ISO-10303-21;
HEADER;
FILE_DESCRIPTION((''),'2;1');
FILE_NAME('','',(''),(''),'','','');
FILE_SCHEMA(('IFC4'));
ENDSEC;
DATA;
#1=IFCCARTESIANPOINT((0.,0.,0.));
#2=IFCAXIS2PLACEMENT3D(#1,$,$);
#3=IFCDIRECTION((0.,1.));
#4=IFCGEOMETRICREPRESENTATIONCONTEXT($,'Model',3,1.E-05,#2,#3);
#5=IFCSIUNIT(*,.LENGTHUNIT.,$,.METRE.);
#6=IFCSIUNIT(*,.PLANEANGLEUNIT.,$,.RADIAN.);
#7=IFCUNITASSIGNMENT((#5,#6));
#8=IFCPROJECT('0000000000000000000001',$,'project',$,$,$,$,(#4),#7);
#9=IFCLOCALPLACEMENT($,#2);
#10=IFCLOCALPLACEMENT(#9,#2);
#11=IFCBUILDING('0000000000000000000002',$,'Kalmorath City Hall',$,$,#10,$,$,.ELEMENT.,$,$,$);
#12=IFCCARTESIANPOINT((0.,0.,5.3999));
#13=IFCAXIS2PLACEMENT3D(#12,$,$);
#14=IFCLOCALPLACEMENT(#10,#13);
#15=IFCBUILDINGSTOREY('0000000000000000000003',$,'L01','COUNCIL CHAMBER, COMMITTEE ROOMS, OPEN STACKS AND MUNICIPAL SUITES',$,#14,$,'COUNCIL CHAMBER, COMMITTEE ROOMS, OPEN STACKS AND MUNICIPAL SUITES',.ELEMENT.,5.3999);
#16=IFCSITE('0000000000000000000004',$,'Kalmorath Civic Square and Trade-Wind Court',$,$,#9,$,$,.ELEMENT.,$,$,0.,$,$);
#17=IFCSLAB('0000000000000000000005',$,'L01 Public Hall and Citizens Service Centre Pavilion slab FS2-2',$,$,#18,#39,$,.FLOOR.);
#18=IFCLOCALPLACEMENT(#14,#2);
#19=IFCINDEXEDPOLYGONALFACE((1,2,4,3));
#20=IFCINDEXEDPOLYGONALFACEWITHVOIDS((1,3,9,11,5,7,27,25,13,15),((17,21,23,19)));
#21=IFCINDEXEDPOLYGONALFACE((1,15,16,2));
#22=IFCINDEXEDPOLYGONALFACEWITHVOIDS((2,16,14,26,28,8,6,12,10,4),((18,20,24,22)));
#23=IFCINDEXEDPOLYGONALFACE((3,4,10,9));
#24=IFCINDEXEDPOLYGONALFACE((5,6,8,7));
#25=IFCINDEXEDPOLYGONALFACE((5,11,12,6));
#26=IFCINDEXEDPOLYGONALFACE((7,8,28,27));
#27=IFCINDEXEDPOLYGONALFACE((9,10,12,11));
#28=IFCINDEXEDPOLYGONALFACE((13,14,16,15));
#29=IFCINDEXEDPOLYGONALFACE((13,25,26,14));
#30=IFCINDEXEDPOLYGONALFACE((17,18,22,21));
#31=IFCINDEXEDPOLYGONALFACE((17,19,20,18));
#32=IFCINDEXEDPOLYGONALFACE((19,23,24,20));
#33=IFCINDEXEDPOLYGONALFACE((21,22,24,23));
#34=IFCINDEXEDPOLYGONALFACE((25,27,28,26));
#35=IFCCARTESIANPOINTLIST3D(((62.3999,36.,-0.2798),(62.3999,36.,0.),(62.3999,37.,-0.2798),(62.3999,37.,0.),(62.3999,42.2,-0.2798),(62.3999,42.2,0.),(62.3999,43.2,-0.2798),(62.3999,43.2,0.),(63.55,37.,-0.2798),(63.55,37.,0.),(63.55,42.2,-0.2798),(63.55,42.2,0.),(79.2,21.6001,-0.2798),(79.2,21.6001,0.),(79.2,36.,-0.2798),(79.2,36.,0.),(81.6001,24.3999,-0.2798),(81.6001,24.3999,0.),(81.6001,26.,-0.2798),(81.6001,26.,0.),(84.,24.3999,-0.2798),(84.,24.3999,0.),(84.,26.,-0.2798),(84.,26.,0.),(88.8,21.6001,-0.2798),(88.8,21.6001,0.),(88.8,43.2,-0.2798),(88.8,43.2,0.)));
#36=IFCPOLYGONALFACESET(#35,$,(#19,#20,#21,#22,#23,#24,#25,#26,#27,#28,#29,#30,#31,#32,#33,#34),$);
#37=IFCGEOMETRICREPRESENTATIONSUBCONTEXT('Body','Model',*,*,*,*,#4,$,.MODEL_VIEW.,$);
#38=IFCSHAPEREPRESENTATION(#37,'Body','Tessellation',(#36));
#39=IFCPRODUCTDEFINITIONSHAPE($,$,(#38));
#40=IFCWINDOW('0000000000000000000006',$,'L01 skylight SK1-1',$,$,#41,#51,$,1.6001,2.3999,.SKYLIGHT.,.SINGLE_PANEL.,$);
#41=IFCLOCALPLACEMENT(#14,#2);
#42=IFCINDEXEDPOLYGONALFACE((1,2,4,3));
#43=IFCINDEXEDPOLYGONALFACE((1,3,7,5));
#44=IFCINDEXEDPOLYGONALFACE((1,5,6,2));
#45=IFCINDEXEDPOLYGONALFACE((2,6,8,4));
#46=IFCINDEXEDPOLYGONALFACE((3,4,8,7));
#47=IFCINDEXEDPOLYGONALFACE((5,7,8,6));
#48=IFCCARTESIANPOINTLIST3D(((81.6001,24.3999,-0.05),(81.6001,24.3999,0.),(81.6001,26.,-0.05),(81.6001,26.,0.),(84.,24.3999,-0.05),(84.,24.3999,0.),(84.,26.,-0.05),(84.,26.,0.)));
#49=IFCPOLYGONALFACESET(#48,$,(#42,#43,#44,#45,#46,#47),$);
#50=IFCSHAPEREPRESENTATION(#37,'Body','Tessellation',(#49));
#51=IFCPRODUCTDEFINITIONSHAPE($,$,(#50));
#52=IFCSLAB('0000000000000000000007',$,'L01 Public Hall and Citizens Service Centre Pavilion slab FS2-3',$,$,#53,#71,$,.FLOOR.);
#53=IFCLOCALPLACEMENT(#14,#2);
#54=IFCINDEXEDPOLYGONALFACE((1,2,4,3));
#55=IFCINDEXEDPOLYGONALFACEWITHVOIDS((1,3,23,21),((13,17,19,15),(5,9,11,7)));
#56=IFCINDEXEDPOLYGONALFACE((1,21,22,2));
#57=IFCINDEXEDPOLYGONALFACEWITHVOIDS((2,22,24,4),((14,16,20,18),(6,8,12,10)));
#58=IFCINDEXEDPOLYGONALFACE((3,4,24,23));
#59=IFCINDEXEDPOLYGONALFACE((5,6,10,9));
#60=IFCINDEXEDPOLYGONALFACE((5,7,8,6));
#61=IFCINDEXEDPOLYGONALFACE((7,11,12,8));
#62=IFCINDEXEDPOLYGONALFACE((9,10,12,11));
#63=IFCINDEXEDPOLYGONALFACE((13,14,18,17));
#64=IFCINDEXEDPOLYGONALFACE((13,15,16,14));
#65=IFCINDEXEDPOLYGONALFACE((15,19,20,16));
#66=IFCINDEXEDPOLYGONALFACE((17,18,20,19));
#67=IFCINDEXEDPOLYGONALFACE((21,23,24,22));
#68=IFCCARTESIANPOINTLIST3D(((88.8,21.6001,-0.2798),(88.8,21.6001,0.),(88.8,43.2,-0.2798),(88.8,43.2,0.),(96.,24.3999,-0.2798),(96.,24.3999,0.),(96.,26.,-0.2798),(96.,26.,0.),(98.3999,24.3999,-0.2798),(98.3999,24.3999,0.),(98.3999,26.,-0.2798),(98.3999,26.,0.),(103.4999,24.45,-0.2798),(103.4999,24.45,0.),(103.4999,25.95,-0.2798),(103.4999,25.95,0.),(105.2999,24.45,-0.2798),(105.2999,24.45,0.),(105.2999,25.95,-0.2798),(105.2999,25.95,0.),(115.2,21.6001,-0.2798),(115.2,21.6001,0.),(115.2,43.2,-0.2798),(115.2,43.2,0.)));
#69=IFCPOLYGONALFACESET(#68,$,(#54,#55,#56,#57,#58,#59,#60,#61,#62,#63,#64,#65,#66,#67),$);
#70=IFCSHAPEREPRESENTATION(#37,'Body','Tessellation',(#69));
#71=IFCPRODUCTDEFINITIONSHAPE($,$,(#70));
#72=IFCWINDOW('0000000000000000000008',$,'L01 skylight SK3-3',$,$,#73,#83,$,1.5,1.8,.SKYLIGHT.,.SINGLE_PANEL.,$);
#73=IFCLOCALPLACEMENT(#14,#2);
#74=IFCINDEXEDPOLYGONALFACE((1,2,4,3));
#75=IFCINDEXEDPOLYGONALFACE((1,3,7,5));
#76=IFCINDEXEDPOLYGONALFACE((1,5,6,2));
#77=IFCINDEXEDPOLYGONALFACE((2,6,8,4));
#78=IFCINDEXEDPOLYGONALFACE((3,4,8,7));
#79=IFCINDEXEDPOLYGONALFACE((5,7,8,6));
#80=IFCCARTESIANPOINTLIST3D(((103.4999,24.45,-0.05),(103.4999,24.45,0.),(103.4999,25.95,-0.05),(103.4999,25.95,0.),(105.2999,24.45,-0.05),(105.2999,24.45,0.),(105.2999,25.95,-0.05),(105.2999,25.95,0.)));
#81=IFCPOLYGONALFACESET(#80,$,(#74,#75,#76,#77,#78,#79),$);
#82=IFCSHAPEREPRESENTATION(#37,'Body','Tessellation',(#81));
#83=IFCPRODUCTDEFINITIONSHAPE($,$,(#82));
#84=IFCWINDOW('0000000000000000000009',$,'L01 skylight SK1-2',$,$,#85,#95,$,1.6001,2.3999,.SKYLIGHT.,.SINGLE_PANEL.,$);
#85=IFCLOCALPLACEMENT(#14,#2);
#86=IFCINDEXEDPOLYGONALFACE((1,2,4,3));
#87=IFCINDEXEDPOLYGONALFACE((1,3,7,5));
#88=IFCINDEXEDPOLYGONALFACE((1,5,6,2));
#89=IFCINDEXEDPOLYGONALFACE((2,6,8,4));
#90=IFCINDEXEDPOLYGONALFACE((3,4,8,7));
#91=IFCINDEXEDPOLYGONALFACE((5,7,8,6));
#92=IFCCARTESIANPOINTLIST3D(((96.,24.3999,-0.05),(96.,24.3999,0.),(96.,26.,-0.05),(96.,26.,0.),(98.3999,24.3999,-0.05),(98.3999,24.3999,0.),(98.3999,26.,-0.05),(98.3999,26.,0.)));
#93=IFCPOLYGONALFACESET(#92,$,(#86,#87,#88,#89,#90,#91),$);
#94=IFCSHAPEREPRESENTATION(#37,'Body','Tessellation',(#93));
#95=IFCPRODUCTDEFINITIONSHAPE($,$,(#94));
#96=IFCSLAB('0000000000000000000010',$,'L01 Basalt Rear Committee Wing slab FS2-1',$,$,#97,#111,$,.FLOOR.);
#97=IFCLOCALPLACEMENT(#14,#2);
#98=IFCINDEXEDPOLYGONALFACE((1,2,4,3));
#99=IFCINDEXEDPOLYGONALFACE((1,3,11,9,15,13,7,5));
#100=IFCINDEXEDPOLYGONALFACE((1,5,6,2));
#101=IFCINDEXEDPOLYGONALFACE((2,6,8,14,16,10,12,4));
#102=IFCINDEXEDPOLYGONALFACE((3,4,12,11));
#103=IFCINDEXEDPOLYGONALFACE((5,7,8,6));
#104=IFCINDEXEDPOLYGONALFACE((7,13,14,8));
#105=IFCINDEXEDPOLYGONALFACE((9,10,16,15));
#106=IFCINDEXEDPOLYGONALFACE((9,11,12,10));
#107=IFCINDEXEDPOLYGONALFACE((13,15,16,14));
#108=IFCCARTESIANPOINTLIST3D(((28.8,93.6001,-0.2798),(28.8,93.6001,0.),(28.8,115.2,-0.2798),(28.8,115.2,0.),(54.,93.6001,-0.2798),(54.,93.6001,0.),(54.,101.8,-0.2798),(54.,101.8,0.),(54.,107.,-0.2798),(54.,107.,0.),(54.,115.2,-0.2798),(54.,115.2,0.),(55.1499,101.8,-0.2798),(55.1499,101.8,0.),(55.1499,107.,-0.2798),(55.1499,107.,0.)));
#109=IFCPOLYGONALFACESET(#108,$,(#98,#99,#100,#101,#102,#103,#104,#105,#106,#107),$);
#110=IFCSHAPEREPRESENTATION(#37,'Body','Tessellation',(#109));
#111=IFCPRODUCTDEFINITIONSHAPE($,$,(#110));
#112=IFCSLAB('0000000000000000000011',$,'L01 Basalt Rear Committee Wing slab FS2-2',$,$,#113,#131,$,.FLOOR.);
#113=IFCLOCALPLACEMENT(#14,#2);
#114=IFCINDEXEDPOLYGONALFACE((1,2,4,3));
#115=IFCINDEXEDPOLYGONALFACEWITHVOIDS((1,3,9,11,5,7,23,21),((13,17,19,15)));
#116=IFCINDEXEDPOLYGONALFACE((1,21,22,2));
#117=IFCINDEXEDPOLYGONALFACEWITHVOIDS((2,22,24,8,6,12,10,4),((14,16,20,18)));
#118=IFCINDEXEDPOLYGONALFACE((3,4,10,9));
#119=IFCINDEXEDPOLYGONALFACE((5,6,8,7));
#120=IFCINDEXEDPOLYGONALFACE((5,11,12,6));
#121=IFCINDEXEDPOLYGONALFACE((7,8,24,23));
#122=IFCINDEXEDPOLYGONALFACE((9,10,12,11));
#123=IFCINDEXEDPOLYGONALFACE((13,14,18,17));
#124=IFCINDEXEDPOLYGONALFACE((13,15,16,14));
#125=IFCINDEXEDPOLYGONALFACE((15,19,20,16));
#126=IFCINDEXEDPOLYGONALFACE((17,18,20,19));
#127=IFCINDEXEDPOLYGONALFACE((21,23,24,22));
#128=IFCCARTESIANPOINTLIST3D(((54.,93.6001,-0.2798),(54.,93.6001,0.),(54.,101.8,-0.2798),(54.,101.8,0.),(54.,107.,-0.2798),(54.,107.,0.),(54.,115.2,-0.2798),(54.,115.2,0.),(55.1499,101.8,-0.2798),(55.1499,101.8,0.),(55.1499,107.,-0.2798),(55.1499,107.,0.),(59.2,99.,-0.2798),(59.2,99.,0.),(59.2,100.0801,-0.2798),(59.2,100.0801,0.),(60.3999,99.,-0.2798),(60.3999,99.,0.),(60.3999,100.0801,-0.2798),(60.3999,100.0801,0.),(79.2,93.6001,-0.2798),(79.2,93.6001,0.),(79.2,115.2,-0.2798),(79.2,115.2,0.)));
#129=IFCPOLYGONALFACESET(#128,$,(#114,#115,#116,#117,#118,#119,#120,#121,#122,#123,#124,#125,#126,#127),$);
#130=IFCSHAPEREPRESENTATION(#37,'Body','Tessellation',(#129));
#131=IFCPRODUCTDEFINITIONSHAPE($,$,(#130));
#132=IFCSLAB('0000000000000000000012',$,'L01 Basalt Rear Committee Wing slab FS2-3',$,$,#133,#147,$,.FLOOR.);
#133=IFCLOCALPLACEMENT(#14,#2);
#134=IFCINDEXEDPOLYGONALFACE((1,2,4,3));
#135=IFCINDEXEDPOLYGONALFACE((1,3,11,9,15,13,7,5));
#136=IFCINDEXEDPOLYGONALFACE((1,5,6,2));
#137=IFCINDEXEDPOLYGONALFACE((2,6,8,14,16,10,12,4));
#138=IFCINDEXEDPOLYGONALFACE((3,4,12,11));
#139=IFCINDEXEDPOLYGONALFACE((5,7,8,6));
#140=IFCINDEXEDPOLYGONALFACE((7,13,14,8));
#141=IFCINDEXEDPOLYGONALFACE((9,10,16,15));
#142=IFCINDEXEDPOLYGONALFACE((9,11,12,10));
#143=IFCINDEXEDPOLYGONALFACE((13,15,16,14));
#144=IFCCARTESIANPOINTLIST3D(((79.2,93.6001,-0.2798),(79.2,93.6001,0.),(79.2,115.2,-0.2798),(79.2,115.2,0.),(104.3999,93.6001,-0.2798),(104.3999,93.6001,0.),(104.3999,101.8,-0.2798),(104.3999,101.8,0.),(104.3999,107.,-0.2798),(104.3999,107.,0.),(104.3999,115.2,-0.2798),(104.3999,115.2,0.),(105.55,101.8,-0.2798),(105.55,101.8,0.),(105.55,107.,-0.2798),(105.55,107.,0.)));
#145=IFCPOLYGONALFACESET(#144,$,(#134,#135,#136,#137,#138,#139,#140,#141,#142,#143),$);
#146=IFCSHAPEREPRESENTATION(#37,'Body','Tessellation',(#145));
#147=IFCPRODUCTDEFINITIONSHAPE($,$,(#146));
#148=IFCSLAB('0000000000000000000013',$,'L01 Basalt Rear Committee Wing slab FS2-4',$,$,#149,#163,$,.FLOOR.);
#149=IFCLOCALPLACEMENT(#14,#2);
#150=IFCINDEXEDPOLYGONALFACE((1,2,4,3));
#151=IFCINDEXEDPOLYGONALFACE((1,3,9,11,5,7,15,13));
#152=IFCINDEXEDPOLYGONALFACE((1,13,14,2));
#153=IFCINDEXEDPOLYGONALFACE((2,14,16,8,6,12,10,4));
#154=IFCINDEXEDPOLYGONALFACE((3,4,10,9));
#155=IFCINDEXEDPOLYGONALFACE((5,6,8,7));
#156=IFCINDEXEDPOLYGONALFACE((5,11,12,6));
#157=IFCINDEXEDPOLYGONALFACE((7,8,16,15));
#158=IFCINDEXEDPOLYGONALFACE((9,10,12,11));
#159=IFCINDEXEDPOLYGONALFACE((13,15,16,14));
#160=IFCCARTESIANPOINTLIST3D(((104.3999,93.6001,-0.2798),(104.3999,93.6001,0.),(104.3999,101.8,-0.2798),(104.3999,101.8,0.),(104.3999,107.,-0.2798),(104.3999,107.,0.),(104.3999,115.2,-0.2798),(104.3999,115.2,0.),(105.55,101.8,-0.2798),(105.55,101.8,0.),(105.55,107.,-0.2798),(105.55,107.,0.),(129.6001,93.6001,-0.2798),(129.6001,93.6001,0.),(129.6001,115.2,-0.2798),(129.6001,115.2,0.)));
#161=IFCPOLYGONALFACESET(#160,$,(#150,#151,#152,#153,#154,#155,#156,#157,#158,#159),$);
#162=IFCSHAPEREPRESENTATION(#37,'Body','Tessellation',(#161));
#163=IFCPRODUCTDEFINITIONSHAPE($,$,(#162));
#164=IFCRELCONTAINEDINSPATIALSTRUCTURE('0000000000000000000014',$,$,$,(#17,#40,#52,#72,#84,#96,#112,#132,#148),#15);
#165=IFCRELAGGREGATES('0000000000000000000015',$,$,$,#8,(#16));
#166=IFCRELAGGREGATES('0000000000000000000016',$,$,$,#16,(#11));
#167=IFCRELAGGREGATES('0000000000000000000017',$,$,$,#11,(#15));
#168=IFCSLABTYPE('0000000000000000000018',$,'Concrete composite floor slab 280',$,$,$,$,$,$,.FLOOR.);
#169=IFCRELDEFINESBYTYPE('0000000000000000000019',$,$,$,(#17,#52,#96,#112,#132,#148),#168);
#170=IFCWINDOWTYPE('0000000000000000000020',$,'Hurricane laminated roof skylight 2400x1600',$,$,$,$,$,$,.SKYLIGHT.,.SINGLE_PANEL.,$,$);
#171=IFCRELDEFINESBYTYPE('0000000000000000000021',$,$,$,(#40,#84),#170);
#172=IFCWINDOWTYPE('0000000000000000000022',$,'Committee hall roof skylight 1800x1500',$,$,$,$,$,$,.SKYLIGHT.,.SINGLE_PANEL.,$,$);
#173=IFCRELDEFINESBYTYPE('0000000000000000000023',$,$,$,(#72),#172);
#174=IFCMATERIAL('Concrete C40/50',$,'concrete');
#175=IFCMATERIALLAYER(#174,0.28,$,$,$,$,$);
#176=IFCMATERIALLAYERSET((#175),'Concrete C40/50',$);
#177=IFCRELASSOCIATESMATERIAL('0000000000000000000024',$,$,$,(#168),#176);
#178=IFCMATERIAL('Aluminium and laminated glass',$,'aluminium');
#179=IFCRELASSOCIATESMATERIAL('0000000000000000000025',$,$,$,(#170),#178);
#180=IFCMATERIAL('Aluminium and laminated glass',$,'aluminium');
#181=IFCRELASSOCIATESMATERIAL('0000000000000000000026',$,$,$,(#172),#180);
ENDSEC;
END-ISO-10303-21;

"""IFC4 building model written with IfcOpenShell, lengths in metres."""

from ifc_helpers import new_model, si_unit, direction, frame, origin, origin_2d, place, context, subcontext, project, spatial, polyline, rectangle, outline, extrude, material, layer, layer_set, type_object, element, fill, save


model = new_model("IFC4")

# Units and contexts
model_context = context("Model", 3, precision=1e-05, world=origin(), true_north=direction((0.0, 1.0)))
body_context = subcontext(model_context, "Body", "Model", "MODEL_VIEW")
ifc_project = project(units=[si_unit("LENGTHUNIT", "METRE"), si_unit("PLANEANGLEUNIT", "RADIAN")], contexts=[model_context])

# Site, building, storey
site_placement = place(None, origin())
site = spatial("IfcSite", under=ifc_project, at=site_placement, Name="Kalmorath Civic Square and Trade-Wind Court", CompositionType="ELEMENT", RefElevation=0.0)
building_placement = place(site_placement, origin())
building = spatial("IfcBuilding", under=site, at=building_placement, Name="Kalmorath City Hall", CompositionType="ELEMENT")
storey_placement = place(building_placement, frame((0.0, 0.0, 5.3999)))
storey = spatial("IfcBuildingStorey", under=building, at=storey_placement, Name="L01", Description="COUNCIL CHAMBER, COMMITTEE ROOMS, OPEN STACKS AND MUNICIPAL SUITES", LongName="COUNCIL CHAMBER, COMMITTEE ROOMS, OPEN STACKS AND MUNICIPAL SUITES", CompositionType="ELEMENT", Elevation=5.3999)

# Shared definitions
ifc_material_1 = material(Name="Concrete C40/50", Category="concrete")
ifc_layer_1 = layer(ifc_material_1, 0.28)
ifc_layer_set_1 = layer_set([ifc_layer_1], Name="Concrete C40/50")
slab_type_1 = type_object("IfcSlabType", Name="Concrete composite floor slab 280", PredefinedType="FLOOR", material=ifc_layer_set_1)

# Slab, opening, window
slab_1_placement = place(storey_placement, frame((0.0, 0.0, -0.2798)))
slab_1 = element("IfcSlab", 1, at=slab_1_placement, inside=storey, type_object=slab_type_1, Name="L01 Public Hall and Citizens Service Centre Pavilion slab FS2-2", PredefinedType="FLOOR", context=body_context, shape_type="SweptSolid", body=[
    extrude(outline(polyline([(88.8, 21.6001), (79.2, 21.6001), (79.2, 36.0), (62.3999, 36.0), (62.3999, 37.0), (63.55, 37.0), (63.55, 42.2), (62.3999, 42.2), (62.3999, 43.2), (88.8, 43.2), (88.8, 21.6001)])), origin(), (0.0, 0.0, 1.0), 0.2798),
])
opening_1_placement = place(slab_1_placement, frame((82.8, 25.2, 0.0)))
opening_1 = element("IfcOpeningElement", 2, at=opening_1_placement, cuts=slab_1, PredefinedType="OPENING", context=body_context, shape_type="SweptSolid", body=[
    extrude(rectangle(XDim=2.3999, YDim=1.6001, at=origin_2d()), origin(), (0.0, 0.0, 1.0), 0.2798),
])
ifc_material_2 = material(Name="Aluminium and laminated glass", Category="aluminium")
window_type_1 = type_object("IfcWindowType", Name="Hurricane laminated roof skylight 2400x1600", PartitioningType="SINGLE_PANEL", PredefinedType="SKYLIGHT", material=ifc_material_2)
window_1_placement = place(opening_1_placement, frame((0.0, 0.0, 0.2297)))
window_1 = element("IfcWindow", 3, at=window_1_placement, inside=storey, type_object=window_type_1, Name="L01 skylight SK1-1", OverallHeight=1.6001, OverallWidth=2.3999, PartitioningType="SINGLE_PANEL", PredefinedType="SKYLIGHT", context=body_context, shape_type="SweptSolid", body=[
    extrude(rectangle(XDim=2.3999, YDim=1.6001, at=origin_2d()), origin(), (0.0, 0.0, 1.0), 0.05),
])
fill(opening_1, window_1)

# Slab, openings, windows
slab_2_placement = place(storey_placement, frame((0.0, 0.0, -0.2798)))
slab_2 = element("IfcSlab", 4, at=slab_2_placement, inside=storey, type_object=slab_type_1, Name="L01 Public Hall and Citizens Service Centre Pavilion slab FS2-3", PredefinedType="FLOOR", context=body_context, shape_type="SweptSolid", body=[
    extrude(outline(polyline([(115.2, 43.2), (115.2, 21.6001), (88.8, 21.6001), (88.8, 43.2), (115.2, 43.2)])), origin(), (0.0, 0.0, 1.0), 0.2798),
])
opening_2_placement = place(slab_2_placement, frame((97.2, 25.2, 0.0)))
opening_2 = element("IfcOpeningElement", 5, at=opening_2_placement, cuts=slab_2, PredefinedType="OPENING", context=body_context, shape_type="SweptSolid", body=[
    extrude(rectangle(XDim=2.3999, YDim=1.6001, at=origin_2d()), origin(), (0.0, 0.0, 1.0), 0.2798),
])
opening_3_placement = place(slab_2_placement, frame((104.3999, 25.2, 0.0)))
opening_3 = element("IfcOpeningElement", 6, at=opening_3_placement, cuts=slab_2, PredefinedType="OPENING", context=body_context, shape_type="SweptSolid", body=[
    extrude(rectangle(XDim=1.8, YDim=1.5, at=origin_2d()), origin(), (0.0, 0.0, 1.0), 0.2798),
])
ifc_material_3 = material(Name="Aluminium and laminated glass", Category="aluminium")
window_type_2 = type_object("IfcWindowType", Name="Committee hall roof skylight 1800x1500", PartitioningType="SINGLE_PANEL", PredefinedType="SKYLIGHT", material=ifc_material_3)
window_2_placement = place(opening_3_placement, frame((0.0, 0.0, 0.2297)))
window_2 = element("IfcWindow", 7, at=window_2_placement, inside=storey, type_object=window_type_2, Name="L01 skylight SK3-3", OverallHeight=1.5, OverallWidth=1.8, PartitioningType="SINGLE_PANEL", PredefinedType="SKYLIGHT", context=body_context, shape_type="SweptSolid", body=[
    extrude(rectangle(XDim=1.8, YDim=1.5, at=origin_2d()), origin(), (0.0, 0.0, 1.0), 0.05),
])
fill(opening_3, window_2)
window_3_placement = place(opening_2_placement, frame((0.0, 0.0, 0.2297)))
window_3 = element("IfcWindow", 8, at=window_3_placement, inside=storey, type_object=window_type_1, Name="L01 skylight SK1-2", OverallHeight=1.6001, OverallWidth=2.3999, PartitioningType="SINGLE_PANEL", PredefinedType="SKYLIGHT", context=body_context, shape_type="SweptSolid", body=[
    extrude(rectangle(XDim=2.3999, YDim=1.6001, at=origin_2d()), origin(), (0.0, 0.0, 1.0), 0.05),
])
fill(opening_2, window_3)

# Slabs
slab_3_placement = place(storey_placement, frame((0.0, 0.0, -0.2798)))
element("IfcSlab", 9, at=slab_3_placement, inside=storey, type_object=slab_type_1, Name="L01 Basalt Rear Committee Wing slab FS2-1", PredefinedType="FLOOR", context=body_context, shape_type="SweptSolid", body=[
    extrude(outline(polyline([(28.8, 115.2), (54.0, 115.2), (54.0, 107.0), (55.1499, 107.0), (55.1499, 101.8), (54.0, 101.8), (54.0, 93.6001), (28.8, 93.6001), (28.8, 115.2)])), origin(), (0.0, 0.0, 1.0), 0.2798),
])
slab_4_placement = place(storey_placement, frame((0.0, 0.0, -0.2798)))
element("IfcSlab", 10, at=slab_4_placement, inside=storey, type_object=slab_type_1, Name="L01 Basalt Rear Committee Wing slab FS2-2", PredefinedType="FLOOR", context=body_context, shape_type="SweptSolid", body=[
    extrude(outline(polyline([(54.0, 101.8), (55.1499, 101.8), (55.1499, 107.0), (54.0, 107.0), (54.0, 115.2), (79.2, 115.2), (79.2, 93.6001), (54.0, 93.6001), (54.0, 101.8)]), holes=[polyline([(59.2, 100.0801), (59.2, 99.0), (60.3999, 99.0), (60.3999, 100.0801), (59.2, 100.0801)])]), origin(), (0.0, 0.0, 1.0), 0.2798),
])
slab_5_placement = place(storey_placement, frame((0.0, 0.0, -0.2798)))
element("IfcSlab", 11, at=slab_5_placement, inside=storey, type_object=slab_type_1, Name="L01 Basalt Rear Committee Wing slab FS2-3", PredefinedType="FLOOR", context=body_context, shape_type="SweptSolid", body=[
    extrude(outline(polyline([(79.2, 115.2), (104.3999, 115.2), (104.3999, 107.0), (105.55, 107.0), (105.55, 101.8), (104.3999, 101.8), (104.3999, 93.6001), (79.2, 93.6001), (79.2, 115.2)])), origin(), (0.0, 0.0, 1.0), 0.2798),
])
slab_6_placement = place(storey_placement, frame((0.0, 0.0, -0.2798)))
element("IfcSlab", 12, at=slab_6_placement, inside=storey, type_object=slab_type_1, Name="L01 Basalt Rear Committee Wing slab FS2-4", PredefinedType="FLOOR", context=body_context, shape_type="SweptSolid", body=[
    extrude(outline(polyline([(104.3999, 101.8), (105.55, 101.8), (105.55, 107.0), (104.3999, 107.0), (104.3999, 115.2), (129.6001, 115.2), (129.6001, 93.6001), (104.3999, 93.6001), (104.3999, 101.8)])), origin(), (0.0, 0.0, 1.0), 0.2798),
])

save(model, "model.ifc")
